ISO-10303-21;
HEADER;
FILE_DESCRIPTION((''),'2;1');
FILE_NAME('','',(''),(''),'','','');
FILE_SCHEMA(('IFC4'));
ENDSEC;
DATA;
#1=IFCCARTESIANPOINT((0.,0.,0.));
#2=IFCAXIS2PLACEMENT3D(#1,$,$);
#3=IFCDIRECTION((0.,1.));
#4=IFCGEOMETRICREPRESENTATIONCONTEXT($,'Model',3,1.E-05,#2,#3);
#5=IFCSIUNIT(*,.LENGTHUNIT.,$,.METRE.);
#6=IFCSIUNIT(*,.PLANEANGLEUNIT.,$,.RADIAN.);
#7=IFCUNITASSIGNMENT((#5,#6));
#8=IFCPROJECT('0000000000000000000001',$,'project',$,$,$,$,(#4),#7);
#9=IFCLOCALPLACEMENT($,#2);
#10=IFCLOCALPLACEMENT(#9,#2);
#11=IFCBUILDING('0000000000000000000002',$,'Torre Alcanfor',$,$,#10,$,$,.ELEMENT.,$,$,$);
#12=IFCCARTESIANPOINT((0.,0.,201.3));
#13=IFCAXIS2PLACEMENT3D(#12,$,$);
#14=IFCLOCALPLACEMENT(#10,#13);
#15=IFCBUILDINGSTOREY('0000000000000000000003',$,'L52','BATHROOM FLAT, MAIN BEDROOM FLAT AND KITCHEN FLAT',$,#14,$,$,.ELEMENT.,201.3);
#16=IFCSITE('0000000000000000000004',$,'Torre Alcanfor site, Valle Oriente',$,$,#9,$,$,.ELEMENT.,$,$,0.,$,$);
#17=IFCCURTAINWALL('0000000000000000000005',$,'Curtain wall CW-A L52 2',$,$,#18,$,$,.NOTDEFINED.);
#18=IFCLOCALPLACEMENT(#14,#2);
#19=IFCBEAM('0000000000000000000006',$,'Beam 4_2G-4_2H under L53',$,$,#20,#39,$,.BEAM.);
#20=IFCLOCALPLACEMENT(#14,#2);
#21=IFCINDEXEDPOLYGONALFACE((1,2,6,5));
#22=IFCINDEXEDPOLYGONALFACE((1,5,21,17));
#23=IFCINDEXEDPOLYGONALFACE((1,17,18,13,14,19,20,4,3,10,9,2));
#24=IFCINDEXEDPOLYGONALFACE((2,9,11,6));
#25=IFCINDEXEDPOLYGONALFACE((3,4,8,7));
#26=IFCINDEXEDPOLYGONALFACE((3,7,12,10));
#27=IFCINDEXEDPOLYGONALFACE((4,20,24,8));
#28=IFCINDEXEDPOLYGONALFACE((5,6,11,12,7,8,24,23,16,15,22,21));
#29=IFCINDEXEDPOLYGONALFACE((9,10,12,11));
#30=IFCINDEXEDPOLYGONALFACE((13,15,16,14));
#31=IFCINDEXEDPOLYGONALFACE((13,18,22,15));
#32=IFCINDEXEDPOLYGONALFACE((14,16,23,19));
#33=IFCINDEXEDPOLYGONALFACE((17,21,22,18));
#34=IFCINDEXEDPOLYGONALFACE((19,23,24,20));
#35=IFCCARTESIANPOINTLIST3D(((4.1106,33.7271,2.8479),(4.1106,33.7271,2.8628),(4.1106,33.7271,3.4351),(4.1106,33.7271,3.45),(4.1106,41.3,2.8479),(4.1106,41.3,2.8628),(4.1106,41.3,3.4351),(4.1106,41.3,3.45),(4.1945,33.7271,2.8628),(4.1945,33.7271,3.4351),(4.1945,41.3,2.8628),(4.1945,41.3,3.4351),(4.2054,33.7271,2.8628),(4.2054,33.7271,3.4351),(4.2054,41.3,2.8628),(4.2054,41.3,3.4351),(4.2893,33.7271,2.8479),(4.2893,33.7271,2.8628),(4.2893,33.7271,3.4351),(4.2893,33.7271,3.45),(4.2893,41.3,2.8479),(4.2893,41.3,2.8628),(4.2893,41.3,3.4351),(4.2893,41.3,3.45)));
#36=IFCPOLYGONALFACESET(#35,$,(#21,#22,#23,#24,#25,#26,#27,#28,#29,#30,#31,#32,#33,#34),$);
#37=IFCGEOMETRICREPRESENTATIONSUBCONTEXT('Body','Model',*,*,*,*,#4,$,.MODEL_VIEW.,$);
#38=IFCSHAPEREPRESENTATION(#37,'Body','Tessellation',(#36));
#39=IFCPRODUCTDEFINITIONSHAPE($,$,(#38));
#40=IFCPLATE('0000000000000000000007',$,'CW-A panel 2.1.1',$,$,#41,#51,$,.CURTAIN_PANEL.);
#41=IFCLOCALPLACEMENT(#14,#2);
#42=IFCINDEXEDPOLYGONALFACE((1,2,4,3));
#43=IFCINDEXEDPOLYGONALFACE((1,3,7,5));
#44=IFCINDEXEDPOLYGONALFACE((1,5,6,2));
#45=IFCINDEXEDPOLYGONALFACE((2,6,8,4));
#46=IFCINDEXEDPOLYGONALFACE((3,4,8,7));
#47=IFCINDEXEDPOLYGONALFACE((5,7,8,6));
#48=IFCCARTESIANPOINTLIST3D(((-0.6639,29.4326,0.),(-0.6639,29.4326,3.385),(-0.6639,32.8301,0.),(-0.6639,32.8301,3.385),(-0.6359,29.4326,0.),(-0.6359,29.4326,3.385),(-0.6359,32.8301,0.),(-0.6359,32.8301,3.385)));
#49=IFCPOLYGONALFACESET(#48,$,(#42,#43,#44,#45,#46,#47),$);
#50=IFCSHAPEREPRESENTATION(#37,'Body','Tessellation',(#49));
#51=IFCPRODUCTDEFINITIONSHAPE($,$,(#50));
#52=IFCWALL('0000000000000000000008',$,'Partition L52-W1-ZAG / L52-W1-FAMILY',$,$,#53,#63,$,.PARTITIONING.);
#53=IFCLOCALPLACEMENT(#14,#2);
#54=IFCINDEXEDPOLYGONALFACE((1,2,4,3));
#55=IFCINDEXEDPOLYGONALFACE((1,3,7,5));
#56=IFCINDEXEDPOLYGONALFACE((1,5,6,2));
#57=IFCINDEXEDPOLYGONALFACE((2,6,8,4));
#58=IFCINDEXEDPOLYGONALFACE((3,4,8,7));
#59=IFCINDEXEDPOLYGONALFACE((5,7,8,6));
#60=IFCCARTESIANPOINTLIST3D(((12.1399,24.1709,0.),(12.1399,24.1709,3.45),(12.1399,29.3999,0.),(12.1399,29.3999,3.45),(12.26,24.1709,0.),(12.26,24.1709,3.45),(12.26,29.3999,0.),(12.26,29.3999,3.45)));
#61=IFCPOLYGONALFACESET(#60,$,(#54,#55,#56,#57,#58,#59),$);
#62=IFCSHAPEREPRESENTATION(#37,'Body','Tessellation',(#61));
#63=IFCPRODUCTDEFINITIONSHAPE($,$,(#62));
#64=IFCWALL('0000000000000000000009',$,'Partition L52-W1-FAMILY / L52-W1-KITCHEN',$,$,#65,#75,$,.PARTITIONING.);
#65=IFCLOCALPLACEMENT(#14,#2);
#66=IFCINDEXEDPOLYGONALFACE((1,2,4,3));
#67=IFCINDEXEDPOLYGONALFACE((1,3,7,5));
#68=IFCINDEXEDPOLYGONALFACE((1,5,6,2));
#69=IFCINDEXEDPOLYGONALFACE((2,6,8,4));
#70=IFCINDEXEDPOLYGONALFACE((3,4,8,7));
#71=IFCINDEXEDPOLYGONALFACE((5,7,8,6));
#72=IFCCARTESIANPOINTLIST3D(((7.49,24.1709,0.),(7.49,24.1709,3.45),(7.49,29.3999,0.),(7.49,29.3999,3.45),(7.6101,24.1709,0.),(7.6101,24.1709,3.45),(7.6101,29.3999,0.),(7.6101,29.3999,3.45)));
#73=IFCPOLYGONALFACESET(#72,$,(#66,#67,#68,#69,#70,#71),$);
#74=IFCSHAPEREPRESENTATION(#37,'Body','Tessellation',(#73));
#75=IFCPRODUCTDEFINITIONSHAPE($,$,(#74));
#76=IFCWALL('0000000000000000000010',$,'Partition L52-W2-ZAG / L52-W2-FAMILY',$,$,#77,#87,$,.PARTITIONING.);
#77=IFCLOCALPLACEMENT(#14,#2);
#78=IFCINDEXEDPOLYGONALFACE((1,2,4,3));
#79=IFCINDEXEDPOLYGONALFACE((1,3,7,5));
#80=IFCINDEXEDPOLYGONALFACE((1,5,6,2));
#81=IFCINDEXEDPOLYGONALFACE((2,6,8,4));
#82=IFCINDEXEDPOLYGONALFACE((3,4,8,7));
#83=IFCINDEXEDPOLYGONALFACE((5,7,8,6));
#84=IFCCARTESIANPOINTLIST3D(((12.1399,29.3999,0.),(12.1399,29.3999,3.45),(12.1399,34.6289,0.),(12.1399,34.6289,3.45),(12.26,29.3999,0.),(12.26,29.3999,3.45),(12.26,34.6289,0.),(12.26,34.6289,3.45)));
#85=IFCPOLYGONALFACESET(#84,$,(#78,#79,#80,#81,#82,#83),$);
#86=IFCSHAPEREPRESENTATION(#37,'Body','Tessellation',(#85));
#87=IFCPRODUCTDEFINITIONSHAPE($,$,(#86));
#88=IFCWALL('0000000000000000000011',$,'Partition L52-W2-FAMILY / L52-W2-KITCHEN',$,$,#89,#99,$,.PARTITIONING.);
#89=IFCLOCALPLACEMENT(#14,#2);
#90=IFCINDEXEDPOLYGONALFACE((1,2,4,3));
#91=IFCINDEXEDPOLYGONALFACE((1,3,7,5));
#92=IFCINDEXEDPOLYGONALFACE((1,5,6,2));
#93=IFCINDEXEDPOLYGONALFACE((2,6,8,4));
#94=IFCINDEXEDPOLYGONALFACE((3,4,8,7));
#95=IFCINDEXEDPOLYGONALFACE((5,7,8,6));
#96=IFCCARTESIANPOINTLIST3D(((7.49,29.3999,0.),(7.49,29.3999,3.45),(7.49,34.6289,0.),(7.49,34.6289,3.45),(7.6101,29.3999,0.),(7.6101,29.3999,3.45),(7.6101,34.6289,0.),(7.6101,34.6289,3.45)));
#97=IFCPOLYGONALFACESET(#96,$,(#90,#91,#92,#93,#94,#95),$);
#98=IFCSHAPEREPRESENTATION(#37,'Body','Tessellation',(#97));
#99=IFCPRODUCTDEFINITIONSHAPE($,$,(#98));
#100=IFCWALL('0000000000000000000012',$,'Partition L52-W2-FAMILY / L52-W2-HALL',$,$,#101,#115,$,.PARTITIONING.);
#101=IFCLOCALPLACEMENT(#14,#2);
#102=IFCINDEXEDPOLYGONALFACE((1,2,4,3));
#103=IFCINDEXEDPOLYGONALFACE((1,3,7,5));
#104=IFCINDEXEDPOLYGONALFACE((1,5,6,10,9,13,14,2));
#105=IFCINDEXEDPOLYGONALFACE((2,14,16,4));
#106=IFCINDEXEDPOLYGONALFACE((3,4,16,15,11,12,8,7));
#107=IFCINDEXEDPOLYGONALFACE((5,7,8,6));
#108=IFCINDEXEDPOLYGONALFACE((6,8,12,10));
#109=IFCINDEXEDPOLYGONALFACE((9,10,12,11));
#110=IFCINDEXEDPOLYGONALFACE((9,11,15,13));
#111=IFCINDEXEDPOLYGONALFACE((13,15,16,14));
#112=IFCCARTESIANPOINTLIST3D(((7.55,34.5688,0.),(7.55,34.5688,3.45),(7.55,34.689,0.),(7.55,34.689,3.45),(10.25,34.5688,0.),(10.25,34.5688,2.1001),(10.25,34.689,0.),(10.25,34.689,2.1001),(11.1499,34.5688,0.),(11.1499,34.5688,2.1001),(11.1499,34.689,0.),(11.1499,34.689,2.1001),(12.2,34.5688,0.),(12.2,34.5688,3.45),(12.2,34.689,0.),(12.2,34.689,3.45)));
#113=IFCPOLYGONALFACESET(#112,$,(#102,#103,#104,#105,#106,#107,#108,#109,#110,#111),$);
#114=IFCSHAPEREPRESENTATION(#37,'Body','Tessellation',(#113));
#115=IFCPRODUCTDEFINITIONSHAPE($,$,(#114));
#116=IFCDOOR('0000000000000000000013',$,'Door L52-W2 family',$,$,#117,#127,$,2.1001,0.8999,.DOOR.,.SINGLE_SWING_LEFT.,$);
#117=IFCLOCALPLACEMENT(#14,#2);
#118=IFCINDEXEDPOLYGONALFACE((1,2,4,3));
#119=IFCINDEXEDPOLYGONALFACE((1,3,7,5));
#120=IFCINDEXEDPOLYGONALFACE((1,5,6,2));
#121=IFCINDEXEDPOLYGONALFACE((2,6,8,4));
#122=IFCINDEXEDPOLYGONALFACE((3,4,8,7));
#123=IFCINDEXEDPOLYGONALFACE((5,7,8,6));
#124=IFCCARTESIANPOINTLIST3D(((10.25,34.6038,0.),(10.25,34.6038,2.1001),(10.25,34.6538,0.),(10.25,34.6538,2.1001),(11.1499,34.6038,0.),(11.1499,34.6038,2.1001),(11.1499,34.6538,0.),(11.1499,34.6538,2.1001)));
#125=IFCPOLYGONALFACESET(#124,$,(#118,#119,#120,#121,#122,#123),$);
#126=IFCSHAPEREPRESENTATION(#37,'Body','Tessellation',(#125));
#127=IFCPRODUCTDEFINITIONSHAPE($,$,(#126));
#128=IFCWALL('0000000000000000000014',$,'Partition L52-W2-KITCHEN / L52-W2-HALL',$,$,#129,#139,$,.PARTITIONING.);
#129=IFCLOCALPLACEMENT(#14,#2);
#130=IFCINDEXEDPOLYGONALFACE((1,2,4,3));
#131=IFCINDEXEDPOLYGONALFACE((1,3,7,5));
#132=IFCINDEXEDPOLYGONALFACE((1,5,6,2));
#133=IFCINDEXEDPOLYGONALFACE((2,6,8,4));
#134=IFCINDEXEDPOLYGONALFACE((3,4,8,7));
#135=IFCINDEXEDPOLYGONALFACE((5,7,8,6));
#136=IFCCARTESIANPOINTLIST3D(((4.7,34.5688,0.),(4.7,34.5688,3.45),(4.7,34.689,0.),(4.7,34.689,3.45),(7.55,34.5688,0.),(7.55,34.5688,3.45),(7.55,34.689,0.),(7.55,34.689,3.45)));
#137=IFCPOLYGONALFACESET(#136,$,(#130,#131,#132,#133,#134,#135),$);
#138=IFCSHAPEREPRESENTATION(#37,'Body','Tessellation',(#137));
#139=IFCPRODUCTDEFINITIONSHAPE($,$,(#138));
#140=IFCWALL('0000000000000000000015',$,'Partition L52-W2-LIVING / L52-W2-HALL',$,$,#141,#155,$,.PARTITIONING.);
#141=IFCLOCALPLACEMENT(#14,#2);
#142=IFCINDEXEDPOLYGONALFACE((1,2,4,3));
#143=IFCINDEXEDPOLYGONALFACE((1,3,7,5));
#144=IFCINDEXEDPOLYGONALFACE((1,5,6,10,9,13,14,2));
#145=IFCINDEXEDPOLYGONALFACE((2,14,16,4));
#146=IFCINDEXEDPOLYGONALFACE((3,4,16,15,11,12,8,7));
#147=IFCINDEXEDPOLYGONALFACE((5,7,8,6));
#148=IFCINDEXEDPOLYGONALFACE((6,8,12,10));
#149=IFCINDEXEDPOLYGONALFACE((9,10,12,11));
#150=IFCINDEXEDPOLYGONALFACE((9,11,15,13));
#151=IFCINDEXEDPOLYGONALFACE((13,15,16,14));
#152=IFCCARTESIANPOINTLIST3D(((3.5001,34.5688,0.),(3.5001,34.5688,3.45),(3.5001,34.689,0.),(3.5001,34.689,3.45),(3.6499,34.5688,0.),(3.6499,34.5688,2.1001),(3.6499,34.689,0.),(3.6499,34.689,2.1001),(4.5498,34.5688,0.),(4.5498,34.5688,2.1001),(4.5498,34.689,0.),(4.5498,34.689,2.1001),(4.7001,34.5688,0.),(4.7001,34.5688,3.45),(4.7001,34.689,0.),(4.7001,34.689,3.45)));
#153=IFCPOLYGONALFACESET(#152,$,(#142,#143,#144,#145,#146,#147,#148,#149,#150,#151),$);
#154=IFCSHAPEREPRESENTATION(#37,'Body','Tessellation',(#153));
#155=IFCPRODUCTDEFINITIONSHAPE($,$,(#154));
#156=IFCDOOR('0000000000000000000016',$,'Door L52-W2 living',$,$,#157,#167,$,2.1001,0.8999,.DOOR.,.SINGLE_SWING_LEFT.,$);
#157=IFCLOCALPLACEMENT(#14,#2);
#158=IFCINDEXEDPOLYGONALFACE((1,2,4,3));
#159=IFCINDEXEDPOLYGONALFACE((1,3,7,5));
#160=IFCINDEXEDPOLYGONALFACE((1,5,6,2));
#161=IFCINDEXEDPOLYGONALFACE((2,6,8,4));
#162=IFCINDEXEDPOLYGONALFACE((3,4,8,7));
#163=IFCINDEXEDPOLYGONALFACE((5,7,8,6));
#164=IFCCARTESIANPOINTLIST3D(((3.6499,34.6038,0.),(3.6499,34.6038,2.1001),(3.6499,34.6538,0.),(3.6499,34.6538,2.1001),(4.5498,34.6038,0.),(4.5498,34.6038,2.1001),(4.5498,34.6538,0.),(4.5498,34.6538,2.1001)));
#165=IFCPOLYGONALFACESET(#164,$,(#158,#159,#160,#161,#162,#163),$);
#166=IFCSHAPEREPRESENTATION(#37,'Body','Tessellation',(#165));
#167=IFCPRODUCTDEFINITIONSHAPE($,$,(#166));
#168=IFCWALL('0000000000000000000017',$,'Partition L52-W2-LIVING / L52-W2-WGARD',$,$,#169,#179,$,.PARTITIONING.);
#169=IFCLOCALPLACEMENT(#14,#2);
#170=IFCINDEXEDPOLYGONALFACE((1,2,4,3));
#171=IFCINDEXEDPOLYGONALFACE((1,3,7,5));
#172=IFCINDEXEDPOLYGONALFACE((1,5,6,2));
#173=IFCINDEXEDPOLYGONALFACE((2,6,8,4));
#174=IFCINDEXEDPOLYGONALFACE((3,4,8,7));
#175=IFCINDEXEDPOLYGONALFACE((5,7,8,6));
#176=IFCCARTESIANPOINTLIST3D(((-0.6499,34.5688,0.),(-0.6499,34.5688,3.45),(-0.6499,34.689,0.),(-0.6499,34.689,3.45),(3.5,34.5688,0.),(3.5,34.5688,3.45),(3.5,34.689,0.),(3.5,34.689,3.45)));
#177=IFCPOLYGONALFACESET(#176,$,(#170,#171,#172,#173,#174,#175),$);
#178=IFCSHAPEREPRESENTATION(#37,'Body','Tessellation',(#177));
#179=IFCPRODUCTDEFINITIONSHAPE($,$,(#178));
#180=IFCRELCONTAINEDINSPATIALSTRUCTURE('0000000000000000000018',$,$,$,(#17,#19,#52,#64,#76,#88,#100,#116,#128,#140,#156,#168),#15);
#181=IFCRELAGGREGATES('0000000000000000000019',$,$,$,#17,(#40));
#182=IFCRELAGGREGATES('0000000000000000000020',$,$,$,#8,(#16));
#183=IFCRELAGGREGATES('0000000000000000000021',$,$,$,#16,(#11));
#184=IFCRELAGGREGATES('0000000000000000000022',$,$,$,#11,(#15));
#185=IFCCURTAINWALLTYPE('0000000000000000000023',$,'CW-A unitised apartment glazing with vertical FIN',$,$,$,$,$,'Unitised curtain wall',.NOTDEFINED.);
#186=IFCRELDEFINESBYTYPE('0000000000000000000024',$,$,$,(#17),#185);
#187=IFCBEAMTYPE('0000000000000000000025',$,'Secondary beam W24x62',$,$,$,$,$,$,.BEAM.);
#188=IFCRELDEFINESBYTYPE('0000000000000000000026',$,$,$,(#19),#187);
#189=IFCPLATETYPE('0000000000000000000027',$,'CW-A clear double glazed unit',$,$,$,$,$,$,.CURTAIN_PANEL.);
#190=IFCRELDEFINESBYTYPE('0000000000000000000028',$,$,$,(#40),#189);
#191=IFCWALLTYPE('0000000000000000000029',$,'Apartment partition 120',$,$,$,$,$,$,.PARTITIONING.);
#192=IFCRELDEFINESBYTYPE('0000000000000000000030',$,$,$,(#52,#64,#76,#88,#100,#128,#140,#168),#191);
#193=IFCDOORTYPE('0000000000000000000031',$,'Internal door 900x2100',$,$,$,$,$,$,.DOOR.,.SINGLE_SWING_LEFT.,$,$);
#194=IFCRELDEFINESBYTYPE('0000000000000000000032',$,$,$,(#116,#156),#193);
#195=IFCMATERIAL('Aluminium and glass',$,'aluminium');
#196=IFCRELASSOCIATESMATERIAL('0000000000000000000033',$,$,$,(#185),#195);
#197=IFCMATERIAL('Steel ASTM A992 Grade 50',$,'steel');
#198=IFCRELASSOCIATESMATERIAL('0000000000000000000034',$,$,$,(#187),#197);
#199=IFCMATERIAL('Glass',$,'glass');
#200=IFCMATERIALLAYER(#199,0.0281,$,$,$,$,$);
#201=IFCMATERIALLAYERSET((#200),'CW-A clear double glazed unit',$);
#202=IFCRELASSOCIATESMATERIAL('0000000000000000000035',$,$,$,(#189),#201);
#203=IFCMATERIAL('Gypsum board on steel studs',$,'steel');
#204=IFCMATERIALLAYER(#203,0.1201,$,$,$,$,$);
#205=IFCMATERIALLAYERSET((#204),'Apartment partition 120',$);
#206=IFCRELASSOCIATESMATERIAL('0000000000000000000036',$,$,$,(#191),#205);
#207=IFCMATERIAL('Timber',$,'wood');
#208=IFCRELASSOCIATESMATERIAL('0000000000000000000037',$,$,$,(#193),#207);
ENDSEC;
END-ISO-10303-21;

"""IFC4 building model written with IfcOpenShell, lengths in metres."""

from ifc_helpers import new_model, si_unit, direction, frame, frame_2d, origin, origin_2d, place, context, subcontext, project, spatial, rectangle, i_section, extrude, material, layer, layer_set, material_profile, profile_set, type_object, element, fill, aggregate, save


model = new_model("IFC4")

# Units and contexts
model_context = context("Model", 3, precision=1e-05, world=origin(), true_north=direction((0.0, 1.0)))
body_context = subcontext(model_context, "Body", "Model", "MODEL_VIEW")
ifc_project = project(units=[si_unit("LENGTHUNIT", "METRE"), si_unit("PLANEANGLEUNIT", "RADIAN")], contexts=[model_context])

# Site, building, storey
site_placement = place(None, origin())
site = spatial("IfcSite", under=ifc_project, at=site_placement, Name="Torre Alcanfor site, Valle Oriente", CompositionType="ELEMENT", RefElevation=0.0)
building_placement = place(site_placement, origin())
building = spatial("IfcBuilding", under=site, at=building_placement, Name="Torre Alcanfor", CompositionType="ELEMENT")
storey_placement = place(building_placement, frame((0.0, 0.0, 201.3)))
storey = spatial("IfcBuildingStorey", under=building, at=storey_placement, Name="L52", Description="BATHROOM FLAT, MAIN BEDROOM FLAT AND KITCHEN FLAT", CompositionType="ELEMENT", Elevation=201.3)

# Curtain wall
ifc_material_1 = material(Name="Aluminium and glass", Category="aluminium")
curtain_wall_type = type_object("IfcCurtainWallType", Name="CW-A unitised apartment glazing with vertical FIN", ElementType="Unitised curtain wall", PredefinedType="NOTDEFINED", material=ifc_material_1)
curtain_wall_placement = place(storey_placement, origin())
curtain_wall = element("IfcCurtainWall", 1, at=curtain_wall_placement, inside=storey, type_object=curtain_wall_type, Name="Curtain wall CW-A L52 2", PredefinedType="NOTDEFINED")

# Beam
ifc_material_2 = material(Name="Steel ASTM A992 Grade 50", Category="steel")
ifc_material_profile_1 = material_profile(ifc_material_2, i_section(OverallWidth=0.1787, OverallDepth=0.6021, WebThickness=0.011, FlangeThickness=0.0149, at=origin_2d()), Name="W24x62")
ifc_profile_set_1 = profile_set([ifc_material_profile_1], Name="Steel ASTM A992 Grade 50")
beam_type_1 = type_object("IfcBeamType", Name="Secondary beam W24x62", PredefinedType="BEAM", material=ifc_profile_set_1)
beam_1_placement = place(storey_placement, frame((4.2, 33.7271, 3.1489), z_axis=(0.0, 1.0, 0.0), x_axis=(-1.0, 0.0, 0.0)))
element("IfcBeam", 2, at=beam_1_placement, inside=storey, type_object=beam_type_1, Name="Beam 4_2G-4_2H under L53", PredefinedType="BEAM", context=body_context, shape_type="SweptSolid", body=[
    extrude(i_section(OverallWidth=0.1787, OverallDepth=0.6021, WebThickness=0.011, FlangeThickness=0.0149, at=origin_2d()), origin(), (0.0, 0.0, 1.0), 7.573),
])

# Plate
ifc_material_3 = material(Name="Glass", Category="glass")
ifc_layer_1 = layer(ifc_material_3, 0.0281)
ifc_layer_set_1 = layer_set([ifc_layer_1], Name="CW-A clear double glazed unit")
plate_type = type_object("IfcPlateType", Name="CW-A clear double glazed unit", PredefinedType="CURTAIN_PANEL", material=ifc_layer_set_1)
plate_placement = place(storey_placement, frame((-0.6499, 31.1313, 0.0), z_axis=(0.0, 0.0, 1.0), x_axis=(0.0, -1.0, 0.0)))
plate = element("IfcPlate", 3, at=plate_placement, type_object=plate_type, Name="CW-A panel 2.1.1", PredefinedType="CURTAIN_PANEL", context=body_context, shape_type="SweptSolid", body=[
    extrude(rectangle(XDim=3.3975, YDim=0.0281, at=origin_2d()), origin(), (0.0, 0.0, 1.0), 3.385),
])
aggregate(curtain_wall, [plate])

# Walls
ifc_material_4 = material(Name="Gypsum board on steel studs", Category="steel")
ifc_layer_2 = layer(ifc_material_4, 0.1201)
ifc_layer_set_2 = layer_set([ifc_layer_2], Name="Apartment partition 120")
wall_type_1 = type_object("IfcWallType", Name="Apartment partition 120", PredefinedType="PARTITIONING", material=ifc_layer_set_2)
for number, where, z_axis, x_axis, name in (
    (4, (12.2, 29.3999, 0.0), (0.0, 0.0, 1.0), (0.0, -1.0, 0.0), "Partition L52-W1-ZAG / L52-W1-FAMILY"),
    (5, (7.55, 29.3999, 0.0), (0.0, 0.0, 1.0), (0.0, -1.0, 0.0), "Partition L52-W1-FAMILY / L52-W1-KITCHEN"),
    (6, (12.2, 29.3999, 0.0), (0.0, 0.0, 1.0), (0.0, 1.0, 0.0), "Partition L52-W2-ZAG / L52-W2-FAMILY"),
    (7, (7.55, 29.3999, 0.0), (0.0, 0.0, 1.0), (0.0, 1.0, 0.0), "Partition L52-W2-FAMILY / L52-W2-KITCHEN"),
):
    element("IfcWall", number, at=place(storey_placement, frame(where, z_axis=z_axis, x_axis=x_axis)), inside=storey, type_object=wall_type_1, Name=name, PredefinedType="PARTITIONING", context=body_context, shape_type="SweptSolid", body=[
        extrude(rectangle(XDim=5.229, YDim=0.1201, at=frame_2d((2.6145, 0.0))), origin(), (0.0, 0.0, 1.0), 3.45),
    ])

# Wall, opening, door
wall_1_placement = place(storey_placement, frame((7.55, 34.6289, 0.0), z_axis=(0.0, 0.0, 1.0), x_axis=(1.0, 0.0, 0.0)))
wall_1 = element("IfcWall", 8, at=wall_1_placement, inside=storey, type_object=wall_type_1, Name="Partition L52-W2-FAMILY / L52-W2-HALL", PredefinedType="PARTITIONING", context=body_context, shape_type="SweptSolid", body=[
    extrude(rectangle(XDim=4.6499, YDim=0.1201, at=frame_2d((2.325, 0.0))), origin(), (0.0, 0.0, 1.0), 3.45),
])
opening_1_placement = place(wall_1_placement, frame((2.7, 0.0, 0.0)))
opening_1 = element("IfcOpeningElement", 9, at=opening_1_placement, cuts=wall_1, PredefinedType="OPENING", context=body_context, shape_type="SweptSolid", body=[
    extrude(rectangle(XDim=0.8999, YDim=2.1001, at=frame_2d((0.45, 1.05))), frame((0.0, 0.0701, 0.0), z_axis=(0.0, -1.0, 0.0), x_axis=(1.0, 0.0, 0.0)), (0.0, 0.0, 1.0), 0.1401),
])
ifc_material_5 = material(Name="Timber", Category="wood")
door_type = type_object("IfcDoorType", Name="Internal door 900x2100", OperationType="SINGLE_SWING_LEFT", PredefinedType="DOOR", material=ifc_material_5)
door_1_placement = place(opening_1_placement, frame((0.8999, 0.0, 0.0), z_axis=(0.0, 0.0, 1.0), x_axis=(-1.0, 0.0, 0.0)))
door_1 = element("IfcDoor", 10, at=door_1_placement, inside=storey, type_object=door_type, Name="Door L52-W2 family", OperationType="SINGLE_SWING_LEFT", OverallHeight=2.1001, OverallWidth=0.8999, PredefinedType="DOOR", context=body_context, shape_type="SweptSolid", body=[
    extrude(rectangle(XDim=0.8999, YDim=2.1001, at=frame_2d((0.45, 1.05))), frame((0.0, 0.0251, 0.0), z_axis=(0.0, -1.0, 0.0), x_axis=(1.0, 0.0, 0.0)), (0.0, 0.0, 1.0), 0.05),
])
fill(opening_1, door_1)

# Wall
wall_2_placement = place(storey_placement, frame((4.7, 34.6289, 0.0), z_axis=(0.0, 0.0, 1.0), x_axis=(1.0, 0.0, 0.0)))
element("IfcWall", 11, at=wall_2_placement, inside=storey, type_object=wall_type_1, Name="Partition L52-W2-KITCHEN / L52-W2-HALL", PredefinedType="PARTITIONING", context=body_context, shape_type="SweptSolid", body=[
    extrude(rectangle(XDim=2.8501, YDim=0.1201, at=frame_2d((1.425, 0.0))), origin(), (0.0, 0.0, 1.0), 3.45),
])

# Wall, opening, door
wall_3_placement = place(storey_placement, frame((3.5, 34.6289, 0.0), z_axis=(0.0, 0.0, 1.0), x_axis=(1.0, 0.0, 0.0)))
wall_3 = element("IfcWall", 12, at=wall_3_placement, inside=storey, type_object=wall_type_1, Name="Partition L52-W2-LIVING / L52-W2-HALL", PredefinedType="PARTITIONING", context=body_context, shape_type="SweptSolid", body=[
    extrude(rectangle(XDim=1.2, YDim=0.1201, at=frame_2d((0.6001, 0.0))), origin(), (0.0, 0.0, 1.0), 3.45),
])
opening_2_placement = place(wall_3_placement, frame((0.1499, 0.0, 0.0)))
opening_2 = element("IfcOpeningElement", 13, at=opening_2_placement, cuts=wall_3, PredefinedType="OPENING", context=body_context, shape_type="SweptSolid", body=[
    extrude(rectangle(XDim=0.8999, YDim=2.1001, at=frame_2d((0.45, 1.05))), frame((0.0, 0.0701, 0.0), z_axis=(0.0, -1.0, 0.0), x_axis=(1.0, 0.0, 0.0)), (0.0, 0.0, 1.0), 0.1401),
])
door_2_placement = place(opening_2_placement, frame((0.8999, 0.0, 0.0), z_axis=(0.0, 0.0, 1.0), x_axis=(-1.0, 0.0, 0.0)))
door_2 = element("IfcDoor", 14, at=door_2_placement, inside=storey, type_object=door_type, Name="Door L52-W2 living", OperationType="SINGLE_SWING_LEFT", OverallHeight=2.1001, OverallWidth=0.8999, PredefinedType="DOOR", context=body_context, shape_type="SweptSolid", body=[
    extrude(rectangle(XDim=0.8999, YDim=2.1001, at=frame_2d((0.45, 1.05))), frame((0.0, 0.0251, 0.0), z_axis=(0.0, -1.0, 0.0), x_axis=(1.0, 0.0, 0.0)), (0.0, 0.0, 1.0), 0.05),
])
fill(opening_2, door_2)

# Wall
wall_4_placement = place(storey_placement, frame((-0.6499, 34.6289, 0.0), z_axis=(0.0, 0.0, 1.0), x_axis=(1.0, 0.0, 0.0)))
element("IfcWall", 15, at=wall_4_placement, inside=storey, type_object=wall_type_1, Name="Partition L52-W2-LIVING / L52-W2-WGARD", PredefinedType="PARTITIONING", context=body_context, shape_type="SweptSolid", body=[
    extrude(rectangle(XDim=4.1499, YDim=0.1201, at=frame_2d((2.075, 0.0))), origin(), (0.0, 0.0, 1.0), 3.45),
])

save(model, "model.ifc")
